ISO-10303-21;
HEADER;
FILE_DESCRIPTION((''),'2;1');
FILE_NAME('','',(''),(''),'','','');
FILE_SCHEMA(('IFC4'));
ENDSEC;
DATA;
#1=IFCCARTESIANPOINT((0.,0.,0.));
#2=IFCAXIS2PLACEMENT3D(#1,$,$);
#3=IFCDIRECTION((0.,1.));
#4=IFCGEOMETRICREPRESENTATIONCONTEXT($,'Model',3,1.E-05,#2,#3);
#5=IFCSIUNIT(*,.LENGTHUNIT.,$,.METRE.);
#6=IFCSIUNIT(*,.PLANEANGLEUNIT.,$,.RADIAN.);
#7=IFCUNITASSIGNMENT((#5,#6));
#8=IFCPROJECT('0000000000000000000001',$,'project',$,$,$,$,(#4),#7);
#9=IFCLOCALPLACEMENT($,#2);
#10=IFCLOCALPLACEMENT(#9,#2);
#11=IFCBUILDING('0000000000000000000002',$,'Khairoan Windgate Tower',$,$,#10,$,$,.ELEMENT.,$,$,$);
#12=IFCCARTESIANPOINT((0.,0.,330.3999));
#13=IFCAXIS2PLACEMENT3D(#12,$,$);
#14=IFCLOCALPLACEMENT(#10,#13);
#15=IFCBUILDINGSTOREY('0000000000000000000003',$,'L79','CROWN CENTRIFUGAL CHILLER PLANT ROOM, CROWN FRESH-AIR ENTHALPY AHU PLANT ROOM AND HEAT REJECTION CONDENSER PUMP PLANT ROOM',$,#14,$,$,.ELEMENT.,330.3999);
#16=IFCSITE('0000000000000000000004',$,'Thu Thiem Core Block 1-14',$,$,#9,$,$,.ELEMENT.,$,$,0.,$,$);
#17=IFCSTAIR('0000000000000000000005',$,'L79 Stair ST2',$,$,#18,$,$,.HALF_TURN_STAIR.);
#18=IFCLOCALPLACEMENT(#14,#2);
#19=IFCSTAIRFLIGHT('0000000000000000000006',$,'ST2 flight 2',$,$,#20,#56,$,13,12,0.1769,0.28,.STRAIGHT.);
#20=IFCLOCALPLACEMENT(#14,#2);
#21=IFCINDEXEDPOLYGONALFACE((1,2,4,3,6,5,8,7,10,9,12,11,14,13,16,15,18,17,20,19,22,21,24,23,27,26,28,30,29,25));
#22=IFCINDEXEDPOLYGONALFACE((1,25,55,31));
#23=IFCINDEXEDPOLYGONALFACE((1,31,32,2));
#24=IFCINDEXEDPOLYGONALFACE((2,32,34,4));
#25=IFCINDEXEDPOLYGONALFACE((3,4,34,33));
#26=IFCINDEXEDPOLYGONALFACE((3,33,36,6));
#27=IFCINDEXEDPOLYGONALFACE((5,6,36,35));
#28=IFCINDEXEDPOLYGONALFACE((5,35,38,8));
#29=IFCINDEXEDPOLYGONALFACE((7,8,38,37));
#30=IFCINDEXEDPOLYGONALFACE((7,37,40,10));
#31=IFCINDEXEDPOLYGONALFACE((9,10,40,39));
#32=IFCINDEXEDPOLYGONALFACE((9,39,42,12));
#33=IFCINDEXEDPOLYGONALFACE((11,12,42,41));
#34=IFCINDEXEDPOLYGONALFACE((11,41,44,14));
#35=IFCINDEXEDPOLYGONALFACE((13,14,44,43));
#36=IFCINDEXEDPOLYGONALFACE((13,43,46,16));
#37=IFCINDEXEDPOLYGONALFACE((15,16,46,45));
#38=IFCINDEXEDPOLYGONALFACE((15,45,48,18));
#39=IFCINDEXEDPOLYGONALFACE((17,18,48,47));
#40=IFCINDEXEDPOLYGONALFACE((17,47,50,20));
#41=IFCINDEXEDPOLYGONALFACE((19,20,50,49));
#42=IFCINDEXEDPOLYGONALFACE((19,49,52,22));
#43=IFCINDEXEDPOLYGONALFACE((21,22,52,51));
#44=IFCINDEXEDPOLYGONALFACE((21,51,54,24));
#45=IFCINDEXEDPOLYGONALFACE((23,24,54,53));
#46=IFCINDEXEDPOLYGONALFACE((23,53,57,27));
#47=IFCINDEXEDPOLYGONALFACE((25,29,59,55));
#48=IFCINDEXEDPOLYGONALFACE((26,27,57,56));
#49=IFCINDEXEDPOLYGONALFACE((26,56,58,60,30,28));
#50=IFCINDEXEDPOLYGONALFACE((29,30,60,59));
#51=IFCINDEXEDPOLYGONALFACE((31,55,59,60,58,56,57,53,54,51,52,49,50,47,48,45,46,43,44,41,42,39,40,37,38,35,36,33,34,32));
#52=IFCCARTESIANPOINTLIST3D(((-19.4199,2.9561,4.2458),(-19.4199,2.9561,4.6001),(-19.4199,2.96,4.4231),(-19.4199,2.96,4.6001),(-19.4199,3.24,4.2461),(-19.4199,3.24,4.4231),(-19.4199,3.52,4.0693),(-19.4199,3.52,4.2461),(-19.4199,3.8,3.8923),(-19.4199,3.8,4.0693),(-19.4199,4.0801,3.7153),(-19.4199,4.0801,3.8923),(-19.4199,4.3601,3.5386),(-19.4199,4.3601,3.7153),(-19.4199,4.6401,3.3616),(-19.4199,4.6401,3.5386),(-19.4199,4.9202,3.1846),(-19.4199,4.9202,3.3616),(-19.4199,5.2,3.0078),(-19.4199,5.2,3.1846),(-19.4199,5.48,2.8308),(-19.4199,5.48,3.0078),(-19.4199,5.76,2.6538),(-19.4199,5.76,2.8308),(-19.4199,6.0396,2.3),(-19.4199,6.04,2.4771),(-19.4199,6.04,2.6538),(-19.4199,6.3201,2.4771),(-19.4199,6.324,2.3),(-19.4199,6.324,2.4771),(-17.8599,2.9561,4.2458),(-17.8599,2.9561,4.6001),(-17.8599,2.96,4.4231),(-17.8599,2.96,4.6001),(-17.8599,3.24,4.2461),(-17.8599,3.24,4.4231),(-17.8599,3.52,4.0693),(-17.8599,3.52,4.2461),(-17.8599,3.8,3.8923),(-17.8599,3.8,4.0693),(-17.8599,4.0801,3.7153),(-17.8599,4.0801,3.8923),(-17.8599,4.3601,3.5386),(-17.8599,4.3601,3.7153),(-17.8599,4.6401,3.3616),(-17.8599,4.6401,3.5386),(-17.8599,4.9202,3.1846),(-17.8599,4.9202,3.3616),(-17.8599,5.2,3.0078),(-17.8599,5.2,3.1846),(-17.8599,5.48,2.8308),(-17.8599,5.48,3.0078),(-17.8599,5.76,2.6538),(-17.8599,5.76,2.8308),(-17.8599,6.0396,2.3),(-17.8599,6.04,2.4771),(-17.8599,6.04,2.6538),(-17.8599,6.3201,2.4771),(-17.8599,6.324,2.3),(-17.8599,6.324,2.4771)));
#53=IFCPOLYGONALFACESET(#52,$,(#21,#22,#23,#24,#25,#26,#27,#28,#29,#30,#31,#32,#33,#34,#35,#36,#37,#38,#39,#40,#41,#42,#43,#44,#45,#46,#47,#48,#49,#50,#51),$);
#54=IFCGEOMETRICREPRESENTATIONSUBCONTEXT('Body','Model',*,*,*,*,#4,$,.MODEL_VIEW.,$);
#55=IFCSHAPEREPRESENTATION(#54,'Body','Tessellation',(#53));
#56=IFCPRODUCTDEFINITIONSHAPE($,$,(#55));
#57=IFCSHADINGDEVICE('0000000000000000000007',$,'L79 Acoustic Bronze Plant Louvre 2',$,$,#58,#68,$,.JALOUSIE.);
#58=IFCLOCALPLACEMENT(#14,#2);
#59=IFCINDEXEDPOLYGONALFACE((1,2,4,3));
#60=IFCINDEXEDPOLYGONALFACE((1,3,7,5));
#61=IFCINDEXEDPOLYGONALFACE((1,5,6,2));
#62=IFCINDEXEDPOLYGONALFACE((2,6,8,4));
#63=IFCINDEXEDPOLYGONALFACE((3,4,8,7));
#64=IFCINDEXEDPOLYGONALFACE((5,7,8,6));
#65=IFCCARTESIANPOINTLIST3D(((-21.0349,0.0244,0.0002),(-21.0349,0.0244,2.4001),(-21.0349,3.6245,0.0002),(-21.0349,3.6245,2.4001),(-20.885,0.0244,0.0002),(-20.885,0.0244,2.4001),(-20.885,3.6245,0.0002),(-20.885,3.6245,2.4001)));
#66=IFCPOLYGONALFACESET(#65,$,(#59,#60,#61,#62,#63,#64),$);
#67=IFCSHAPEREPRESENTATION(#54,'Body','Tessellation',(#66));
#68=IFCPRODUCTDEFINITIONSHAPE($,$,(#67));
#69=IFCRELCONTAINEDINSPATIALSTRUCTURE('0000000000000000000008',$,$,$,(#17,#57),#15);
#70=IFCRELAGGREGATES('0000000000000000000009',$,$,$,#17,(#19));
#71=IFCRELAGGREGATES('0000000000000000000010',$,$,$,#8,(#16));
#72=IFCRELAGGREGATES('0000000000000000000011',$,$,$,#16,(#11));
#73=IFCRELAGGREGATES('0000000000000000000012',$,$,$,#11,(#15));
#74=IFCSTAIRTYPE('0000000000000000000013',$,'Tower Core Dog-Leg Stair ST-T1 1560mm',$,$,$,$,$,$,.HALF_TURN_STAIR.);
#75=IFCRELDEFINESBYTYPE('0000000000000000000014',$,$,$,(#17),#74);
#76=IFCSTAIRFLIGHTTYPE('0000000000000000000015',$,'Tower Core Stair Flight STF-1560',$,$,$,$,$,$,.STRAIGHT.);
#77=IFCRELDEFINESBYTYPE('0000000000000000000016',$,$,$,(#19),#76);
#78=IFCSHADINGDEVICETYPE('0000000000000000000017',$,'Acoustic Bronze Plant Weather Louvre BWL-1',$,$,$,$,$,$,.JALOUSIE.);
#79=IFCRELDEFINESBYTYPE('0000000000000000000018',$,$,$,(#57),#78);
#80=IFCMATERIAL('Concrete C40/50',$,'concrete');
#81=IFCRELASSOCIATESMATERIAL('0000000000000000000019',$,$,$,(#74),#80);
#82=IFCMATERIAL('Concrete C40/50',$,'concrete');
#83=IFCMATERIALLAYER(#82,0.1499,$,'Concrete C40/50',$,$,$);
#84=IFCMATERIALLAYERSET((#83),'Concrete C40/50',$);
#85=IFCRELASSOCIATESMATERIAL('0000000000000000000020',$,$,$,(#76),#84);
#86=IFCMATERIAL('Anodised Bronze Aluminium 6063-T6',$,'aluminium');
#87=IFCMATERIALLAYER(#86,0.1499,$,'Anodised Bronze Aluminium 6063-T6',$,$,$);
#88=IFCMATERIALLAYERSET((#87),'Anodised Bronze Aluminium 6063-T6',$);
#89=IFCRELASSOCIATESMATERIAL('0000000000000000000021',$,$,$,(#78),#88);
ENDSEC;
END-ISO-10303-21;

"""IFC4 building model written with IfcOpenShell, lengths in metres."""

from ifc_helpers import new_model, si_unit, direction, frame, origin, origin_2d, place, context, subcontext, project, spatial, polyline, rectangle, outline, extrude, material, layer, layer_set, type_object, element, aggregate, save


model = new_model("IFC4")

# Units and contexts
model_context = context("Model", 3, precision=1e-05, world=origin(), true_north=direction((0.0, 1.0)))
body_context = subcontext(model_context, "Body", "Model", "MODEL_VIEW")
ifc_project = project(units=[si_unit("LENGTHUNIT", "METRE"), si_unit("PLANEANGLEUNIT", "RADIAN")], contexts=[model_context])

# Site, building, storey
site_placement = place(None, origin())
site = spatial("IfcSite", under=ifc_project, at=site_placement, Name="Thu Thiem Core Block 1-14", CompositionType="ELEMENT", RefElevation=0.0)
building_placement = place(site_placement, origin())
building = spatial("IfcBuilding", under=site, at=building_placement, Name="Khairoan Windgate Tower", CompositionType="ELEMENT")
storey_placement = place(building_placement, frame((0.0, 0.0, 330.3999)))
storey = spatial("IfcBuildingStorey", under=building, at=storey_placement, Name="L79", Description="CROWN CENTRIFUGAL CHILLER PLANT ROOM, CROWN FRESH-AIR ENTHALPY AHU PLANT ROOM AND HEAT REJECTION CONDENSER PUMP PLANT ROOM", CompositionType="ELEMENT", Elevation=330.3999)

# Stair, stair flight
ifc_material_1 = material(Name="Concrete C40/50", Category="concrete")
stair_type = type_object("IfcStairType", Name="Tower Core Dog-Leg Stair ST-T1 1560mm", PredefinedType="HALF_TURN_STAIR", material=ifc_material_1)
stair_placement = place(storey_placement, origin())
stair = element("IfcStair", 1, at=stair_placement, inside=storey, type_object=stair_type, Name="L79 Stair ST2", PredefinedType="HALF_TURN_STAIR")
ifc_material_2 = material(Name="Concrete C40/50", Category="concrete")
ifc_layer_1 = layer(ifc_material_2, 0.1499, Name="Concrete C40/50")
ifc_layer_set_1 = layer_set([ifc_layer_1], Name="Concrete C40/50")
stair_flight_type = type_object("IfcStairFlightType", Name="Tower Core Stair Flight STF-1560", PredefinedType="STRAIGHT", material=ifc_layer_set_1)
stair_flight_1_placement = place(storey_placement, frame((-18.6399, 6.3201, 2.3), z_axis=(0.0, 0.0, 1.0), x_axis=(0.0, -1.0, 0.0)))
stair_flight_1 = element("IfcStairFlight", 2, at=stair_flight_1_placement, type_object=stair_flight_type, Name="ST2 flight 2", NumberOfRisers=13, NumberOfTreads=12, PredefinedType="STRAIGHT", RiserHeight=0.1769, TreadLength=0.28, context=body_context, shape_type="SweptSolid", body=[
    extrude(outline(polyline([(-0.0039, 0.0), (-0.0039, 0.177), (0.0, 0.177), (0.28, 0.177), (0.28, 0.3538), (0.5601, 0.3538), (0.5601, 0.5308), (0.8401, 0.5308), (0.8401, 0.7078), (1.1201, 0.7078), (1.1201, 0.8845), (1.3999, 0.8845), (1.3999, 1.0615), (1.6799, 1.0615), (1.6799, 1.2385), (1.96, 1.2385), (1.96, 1.4153), (2.24, 1.4153), (2.24, 1.5923), (2.52, 1.5923), (2.52, 1.7693), (2.8, 1.7693), (2.8, 1.946), (3.0801, 1.946), (3.0801, 2.123), (3.3601, 2.123), (3.3601, 2.3), (3.364, 2.3), (3.364, 1.9458), (0.2805, 0.0), (-0.0039, 0.0)])), frame((0.0, 0.78, 0.0), z_axis=(0.0, -1.0, 0.0), x_axis=(1.0, 0.0, 0.0)), (0.0, 0.0, 1.0), 1.5601),
])
aggregate(stair, [stair_flight_1])

# Shading device
ifc_material_3 = material(Name="Anodised Bronze Aluminium 6063-T6", Category="aluminium")
ifc_layer_2 = layer(ifc_material_3, 0.1499, Name="Anodised Bronze Aluminium 6063-T6")
ifc_layer_set_2 = layer_set([ifc_layer_2], Name="Anodised Bronze Aluminium 6063-T6")
shading_device_type = type_object("IfcShadingDeviceType", Name="Acoustic Bronze Plant Weather Louvre BWL-1", PredefinedType="JALOUSIE", material=ifc_layer_set_2)
shading_device_placement = place(storey_placement, frame((-20.96, 1.8245, 0.0002), z_axis=(0.0, 0.0, 1.0), x_axis=(0.0, 1.0, 0.0)))
element("IfcShadingDevice", 3, at=shading_device_placement, inside=storey, type_object=shading_device_type, Name="L79 Acoustic Bronze Plant Louvre 2", PredefinedType="JALOUSIE", context=body_context, shape_type="SweptSolid", body=[
    extrude(rectangle(XDim=3.6001, YDim=0.1499, at=origin_2d()), origin(), (0.0, 0.0, 1.0), 2.3999),
])

save(model, "model.ifc")
